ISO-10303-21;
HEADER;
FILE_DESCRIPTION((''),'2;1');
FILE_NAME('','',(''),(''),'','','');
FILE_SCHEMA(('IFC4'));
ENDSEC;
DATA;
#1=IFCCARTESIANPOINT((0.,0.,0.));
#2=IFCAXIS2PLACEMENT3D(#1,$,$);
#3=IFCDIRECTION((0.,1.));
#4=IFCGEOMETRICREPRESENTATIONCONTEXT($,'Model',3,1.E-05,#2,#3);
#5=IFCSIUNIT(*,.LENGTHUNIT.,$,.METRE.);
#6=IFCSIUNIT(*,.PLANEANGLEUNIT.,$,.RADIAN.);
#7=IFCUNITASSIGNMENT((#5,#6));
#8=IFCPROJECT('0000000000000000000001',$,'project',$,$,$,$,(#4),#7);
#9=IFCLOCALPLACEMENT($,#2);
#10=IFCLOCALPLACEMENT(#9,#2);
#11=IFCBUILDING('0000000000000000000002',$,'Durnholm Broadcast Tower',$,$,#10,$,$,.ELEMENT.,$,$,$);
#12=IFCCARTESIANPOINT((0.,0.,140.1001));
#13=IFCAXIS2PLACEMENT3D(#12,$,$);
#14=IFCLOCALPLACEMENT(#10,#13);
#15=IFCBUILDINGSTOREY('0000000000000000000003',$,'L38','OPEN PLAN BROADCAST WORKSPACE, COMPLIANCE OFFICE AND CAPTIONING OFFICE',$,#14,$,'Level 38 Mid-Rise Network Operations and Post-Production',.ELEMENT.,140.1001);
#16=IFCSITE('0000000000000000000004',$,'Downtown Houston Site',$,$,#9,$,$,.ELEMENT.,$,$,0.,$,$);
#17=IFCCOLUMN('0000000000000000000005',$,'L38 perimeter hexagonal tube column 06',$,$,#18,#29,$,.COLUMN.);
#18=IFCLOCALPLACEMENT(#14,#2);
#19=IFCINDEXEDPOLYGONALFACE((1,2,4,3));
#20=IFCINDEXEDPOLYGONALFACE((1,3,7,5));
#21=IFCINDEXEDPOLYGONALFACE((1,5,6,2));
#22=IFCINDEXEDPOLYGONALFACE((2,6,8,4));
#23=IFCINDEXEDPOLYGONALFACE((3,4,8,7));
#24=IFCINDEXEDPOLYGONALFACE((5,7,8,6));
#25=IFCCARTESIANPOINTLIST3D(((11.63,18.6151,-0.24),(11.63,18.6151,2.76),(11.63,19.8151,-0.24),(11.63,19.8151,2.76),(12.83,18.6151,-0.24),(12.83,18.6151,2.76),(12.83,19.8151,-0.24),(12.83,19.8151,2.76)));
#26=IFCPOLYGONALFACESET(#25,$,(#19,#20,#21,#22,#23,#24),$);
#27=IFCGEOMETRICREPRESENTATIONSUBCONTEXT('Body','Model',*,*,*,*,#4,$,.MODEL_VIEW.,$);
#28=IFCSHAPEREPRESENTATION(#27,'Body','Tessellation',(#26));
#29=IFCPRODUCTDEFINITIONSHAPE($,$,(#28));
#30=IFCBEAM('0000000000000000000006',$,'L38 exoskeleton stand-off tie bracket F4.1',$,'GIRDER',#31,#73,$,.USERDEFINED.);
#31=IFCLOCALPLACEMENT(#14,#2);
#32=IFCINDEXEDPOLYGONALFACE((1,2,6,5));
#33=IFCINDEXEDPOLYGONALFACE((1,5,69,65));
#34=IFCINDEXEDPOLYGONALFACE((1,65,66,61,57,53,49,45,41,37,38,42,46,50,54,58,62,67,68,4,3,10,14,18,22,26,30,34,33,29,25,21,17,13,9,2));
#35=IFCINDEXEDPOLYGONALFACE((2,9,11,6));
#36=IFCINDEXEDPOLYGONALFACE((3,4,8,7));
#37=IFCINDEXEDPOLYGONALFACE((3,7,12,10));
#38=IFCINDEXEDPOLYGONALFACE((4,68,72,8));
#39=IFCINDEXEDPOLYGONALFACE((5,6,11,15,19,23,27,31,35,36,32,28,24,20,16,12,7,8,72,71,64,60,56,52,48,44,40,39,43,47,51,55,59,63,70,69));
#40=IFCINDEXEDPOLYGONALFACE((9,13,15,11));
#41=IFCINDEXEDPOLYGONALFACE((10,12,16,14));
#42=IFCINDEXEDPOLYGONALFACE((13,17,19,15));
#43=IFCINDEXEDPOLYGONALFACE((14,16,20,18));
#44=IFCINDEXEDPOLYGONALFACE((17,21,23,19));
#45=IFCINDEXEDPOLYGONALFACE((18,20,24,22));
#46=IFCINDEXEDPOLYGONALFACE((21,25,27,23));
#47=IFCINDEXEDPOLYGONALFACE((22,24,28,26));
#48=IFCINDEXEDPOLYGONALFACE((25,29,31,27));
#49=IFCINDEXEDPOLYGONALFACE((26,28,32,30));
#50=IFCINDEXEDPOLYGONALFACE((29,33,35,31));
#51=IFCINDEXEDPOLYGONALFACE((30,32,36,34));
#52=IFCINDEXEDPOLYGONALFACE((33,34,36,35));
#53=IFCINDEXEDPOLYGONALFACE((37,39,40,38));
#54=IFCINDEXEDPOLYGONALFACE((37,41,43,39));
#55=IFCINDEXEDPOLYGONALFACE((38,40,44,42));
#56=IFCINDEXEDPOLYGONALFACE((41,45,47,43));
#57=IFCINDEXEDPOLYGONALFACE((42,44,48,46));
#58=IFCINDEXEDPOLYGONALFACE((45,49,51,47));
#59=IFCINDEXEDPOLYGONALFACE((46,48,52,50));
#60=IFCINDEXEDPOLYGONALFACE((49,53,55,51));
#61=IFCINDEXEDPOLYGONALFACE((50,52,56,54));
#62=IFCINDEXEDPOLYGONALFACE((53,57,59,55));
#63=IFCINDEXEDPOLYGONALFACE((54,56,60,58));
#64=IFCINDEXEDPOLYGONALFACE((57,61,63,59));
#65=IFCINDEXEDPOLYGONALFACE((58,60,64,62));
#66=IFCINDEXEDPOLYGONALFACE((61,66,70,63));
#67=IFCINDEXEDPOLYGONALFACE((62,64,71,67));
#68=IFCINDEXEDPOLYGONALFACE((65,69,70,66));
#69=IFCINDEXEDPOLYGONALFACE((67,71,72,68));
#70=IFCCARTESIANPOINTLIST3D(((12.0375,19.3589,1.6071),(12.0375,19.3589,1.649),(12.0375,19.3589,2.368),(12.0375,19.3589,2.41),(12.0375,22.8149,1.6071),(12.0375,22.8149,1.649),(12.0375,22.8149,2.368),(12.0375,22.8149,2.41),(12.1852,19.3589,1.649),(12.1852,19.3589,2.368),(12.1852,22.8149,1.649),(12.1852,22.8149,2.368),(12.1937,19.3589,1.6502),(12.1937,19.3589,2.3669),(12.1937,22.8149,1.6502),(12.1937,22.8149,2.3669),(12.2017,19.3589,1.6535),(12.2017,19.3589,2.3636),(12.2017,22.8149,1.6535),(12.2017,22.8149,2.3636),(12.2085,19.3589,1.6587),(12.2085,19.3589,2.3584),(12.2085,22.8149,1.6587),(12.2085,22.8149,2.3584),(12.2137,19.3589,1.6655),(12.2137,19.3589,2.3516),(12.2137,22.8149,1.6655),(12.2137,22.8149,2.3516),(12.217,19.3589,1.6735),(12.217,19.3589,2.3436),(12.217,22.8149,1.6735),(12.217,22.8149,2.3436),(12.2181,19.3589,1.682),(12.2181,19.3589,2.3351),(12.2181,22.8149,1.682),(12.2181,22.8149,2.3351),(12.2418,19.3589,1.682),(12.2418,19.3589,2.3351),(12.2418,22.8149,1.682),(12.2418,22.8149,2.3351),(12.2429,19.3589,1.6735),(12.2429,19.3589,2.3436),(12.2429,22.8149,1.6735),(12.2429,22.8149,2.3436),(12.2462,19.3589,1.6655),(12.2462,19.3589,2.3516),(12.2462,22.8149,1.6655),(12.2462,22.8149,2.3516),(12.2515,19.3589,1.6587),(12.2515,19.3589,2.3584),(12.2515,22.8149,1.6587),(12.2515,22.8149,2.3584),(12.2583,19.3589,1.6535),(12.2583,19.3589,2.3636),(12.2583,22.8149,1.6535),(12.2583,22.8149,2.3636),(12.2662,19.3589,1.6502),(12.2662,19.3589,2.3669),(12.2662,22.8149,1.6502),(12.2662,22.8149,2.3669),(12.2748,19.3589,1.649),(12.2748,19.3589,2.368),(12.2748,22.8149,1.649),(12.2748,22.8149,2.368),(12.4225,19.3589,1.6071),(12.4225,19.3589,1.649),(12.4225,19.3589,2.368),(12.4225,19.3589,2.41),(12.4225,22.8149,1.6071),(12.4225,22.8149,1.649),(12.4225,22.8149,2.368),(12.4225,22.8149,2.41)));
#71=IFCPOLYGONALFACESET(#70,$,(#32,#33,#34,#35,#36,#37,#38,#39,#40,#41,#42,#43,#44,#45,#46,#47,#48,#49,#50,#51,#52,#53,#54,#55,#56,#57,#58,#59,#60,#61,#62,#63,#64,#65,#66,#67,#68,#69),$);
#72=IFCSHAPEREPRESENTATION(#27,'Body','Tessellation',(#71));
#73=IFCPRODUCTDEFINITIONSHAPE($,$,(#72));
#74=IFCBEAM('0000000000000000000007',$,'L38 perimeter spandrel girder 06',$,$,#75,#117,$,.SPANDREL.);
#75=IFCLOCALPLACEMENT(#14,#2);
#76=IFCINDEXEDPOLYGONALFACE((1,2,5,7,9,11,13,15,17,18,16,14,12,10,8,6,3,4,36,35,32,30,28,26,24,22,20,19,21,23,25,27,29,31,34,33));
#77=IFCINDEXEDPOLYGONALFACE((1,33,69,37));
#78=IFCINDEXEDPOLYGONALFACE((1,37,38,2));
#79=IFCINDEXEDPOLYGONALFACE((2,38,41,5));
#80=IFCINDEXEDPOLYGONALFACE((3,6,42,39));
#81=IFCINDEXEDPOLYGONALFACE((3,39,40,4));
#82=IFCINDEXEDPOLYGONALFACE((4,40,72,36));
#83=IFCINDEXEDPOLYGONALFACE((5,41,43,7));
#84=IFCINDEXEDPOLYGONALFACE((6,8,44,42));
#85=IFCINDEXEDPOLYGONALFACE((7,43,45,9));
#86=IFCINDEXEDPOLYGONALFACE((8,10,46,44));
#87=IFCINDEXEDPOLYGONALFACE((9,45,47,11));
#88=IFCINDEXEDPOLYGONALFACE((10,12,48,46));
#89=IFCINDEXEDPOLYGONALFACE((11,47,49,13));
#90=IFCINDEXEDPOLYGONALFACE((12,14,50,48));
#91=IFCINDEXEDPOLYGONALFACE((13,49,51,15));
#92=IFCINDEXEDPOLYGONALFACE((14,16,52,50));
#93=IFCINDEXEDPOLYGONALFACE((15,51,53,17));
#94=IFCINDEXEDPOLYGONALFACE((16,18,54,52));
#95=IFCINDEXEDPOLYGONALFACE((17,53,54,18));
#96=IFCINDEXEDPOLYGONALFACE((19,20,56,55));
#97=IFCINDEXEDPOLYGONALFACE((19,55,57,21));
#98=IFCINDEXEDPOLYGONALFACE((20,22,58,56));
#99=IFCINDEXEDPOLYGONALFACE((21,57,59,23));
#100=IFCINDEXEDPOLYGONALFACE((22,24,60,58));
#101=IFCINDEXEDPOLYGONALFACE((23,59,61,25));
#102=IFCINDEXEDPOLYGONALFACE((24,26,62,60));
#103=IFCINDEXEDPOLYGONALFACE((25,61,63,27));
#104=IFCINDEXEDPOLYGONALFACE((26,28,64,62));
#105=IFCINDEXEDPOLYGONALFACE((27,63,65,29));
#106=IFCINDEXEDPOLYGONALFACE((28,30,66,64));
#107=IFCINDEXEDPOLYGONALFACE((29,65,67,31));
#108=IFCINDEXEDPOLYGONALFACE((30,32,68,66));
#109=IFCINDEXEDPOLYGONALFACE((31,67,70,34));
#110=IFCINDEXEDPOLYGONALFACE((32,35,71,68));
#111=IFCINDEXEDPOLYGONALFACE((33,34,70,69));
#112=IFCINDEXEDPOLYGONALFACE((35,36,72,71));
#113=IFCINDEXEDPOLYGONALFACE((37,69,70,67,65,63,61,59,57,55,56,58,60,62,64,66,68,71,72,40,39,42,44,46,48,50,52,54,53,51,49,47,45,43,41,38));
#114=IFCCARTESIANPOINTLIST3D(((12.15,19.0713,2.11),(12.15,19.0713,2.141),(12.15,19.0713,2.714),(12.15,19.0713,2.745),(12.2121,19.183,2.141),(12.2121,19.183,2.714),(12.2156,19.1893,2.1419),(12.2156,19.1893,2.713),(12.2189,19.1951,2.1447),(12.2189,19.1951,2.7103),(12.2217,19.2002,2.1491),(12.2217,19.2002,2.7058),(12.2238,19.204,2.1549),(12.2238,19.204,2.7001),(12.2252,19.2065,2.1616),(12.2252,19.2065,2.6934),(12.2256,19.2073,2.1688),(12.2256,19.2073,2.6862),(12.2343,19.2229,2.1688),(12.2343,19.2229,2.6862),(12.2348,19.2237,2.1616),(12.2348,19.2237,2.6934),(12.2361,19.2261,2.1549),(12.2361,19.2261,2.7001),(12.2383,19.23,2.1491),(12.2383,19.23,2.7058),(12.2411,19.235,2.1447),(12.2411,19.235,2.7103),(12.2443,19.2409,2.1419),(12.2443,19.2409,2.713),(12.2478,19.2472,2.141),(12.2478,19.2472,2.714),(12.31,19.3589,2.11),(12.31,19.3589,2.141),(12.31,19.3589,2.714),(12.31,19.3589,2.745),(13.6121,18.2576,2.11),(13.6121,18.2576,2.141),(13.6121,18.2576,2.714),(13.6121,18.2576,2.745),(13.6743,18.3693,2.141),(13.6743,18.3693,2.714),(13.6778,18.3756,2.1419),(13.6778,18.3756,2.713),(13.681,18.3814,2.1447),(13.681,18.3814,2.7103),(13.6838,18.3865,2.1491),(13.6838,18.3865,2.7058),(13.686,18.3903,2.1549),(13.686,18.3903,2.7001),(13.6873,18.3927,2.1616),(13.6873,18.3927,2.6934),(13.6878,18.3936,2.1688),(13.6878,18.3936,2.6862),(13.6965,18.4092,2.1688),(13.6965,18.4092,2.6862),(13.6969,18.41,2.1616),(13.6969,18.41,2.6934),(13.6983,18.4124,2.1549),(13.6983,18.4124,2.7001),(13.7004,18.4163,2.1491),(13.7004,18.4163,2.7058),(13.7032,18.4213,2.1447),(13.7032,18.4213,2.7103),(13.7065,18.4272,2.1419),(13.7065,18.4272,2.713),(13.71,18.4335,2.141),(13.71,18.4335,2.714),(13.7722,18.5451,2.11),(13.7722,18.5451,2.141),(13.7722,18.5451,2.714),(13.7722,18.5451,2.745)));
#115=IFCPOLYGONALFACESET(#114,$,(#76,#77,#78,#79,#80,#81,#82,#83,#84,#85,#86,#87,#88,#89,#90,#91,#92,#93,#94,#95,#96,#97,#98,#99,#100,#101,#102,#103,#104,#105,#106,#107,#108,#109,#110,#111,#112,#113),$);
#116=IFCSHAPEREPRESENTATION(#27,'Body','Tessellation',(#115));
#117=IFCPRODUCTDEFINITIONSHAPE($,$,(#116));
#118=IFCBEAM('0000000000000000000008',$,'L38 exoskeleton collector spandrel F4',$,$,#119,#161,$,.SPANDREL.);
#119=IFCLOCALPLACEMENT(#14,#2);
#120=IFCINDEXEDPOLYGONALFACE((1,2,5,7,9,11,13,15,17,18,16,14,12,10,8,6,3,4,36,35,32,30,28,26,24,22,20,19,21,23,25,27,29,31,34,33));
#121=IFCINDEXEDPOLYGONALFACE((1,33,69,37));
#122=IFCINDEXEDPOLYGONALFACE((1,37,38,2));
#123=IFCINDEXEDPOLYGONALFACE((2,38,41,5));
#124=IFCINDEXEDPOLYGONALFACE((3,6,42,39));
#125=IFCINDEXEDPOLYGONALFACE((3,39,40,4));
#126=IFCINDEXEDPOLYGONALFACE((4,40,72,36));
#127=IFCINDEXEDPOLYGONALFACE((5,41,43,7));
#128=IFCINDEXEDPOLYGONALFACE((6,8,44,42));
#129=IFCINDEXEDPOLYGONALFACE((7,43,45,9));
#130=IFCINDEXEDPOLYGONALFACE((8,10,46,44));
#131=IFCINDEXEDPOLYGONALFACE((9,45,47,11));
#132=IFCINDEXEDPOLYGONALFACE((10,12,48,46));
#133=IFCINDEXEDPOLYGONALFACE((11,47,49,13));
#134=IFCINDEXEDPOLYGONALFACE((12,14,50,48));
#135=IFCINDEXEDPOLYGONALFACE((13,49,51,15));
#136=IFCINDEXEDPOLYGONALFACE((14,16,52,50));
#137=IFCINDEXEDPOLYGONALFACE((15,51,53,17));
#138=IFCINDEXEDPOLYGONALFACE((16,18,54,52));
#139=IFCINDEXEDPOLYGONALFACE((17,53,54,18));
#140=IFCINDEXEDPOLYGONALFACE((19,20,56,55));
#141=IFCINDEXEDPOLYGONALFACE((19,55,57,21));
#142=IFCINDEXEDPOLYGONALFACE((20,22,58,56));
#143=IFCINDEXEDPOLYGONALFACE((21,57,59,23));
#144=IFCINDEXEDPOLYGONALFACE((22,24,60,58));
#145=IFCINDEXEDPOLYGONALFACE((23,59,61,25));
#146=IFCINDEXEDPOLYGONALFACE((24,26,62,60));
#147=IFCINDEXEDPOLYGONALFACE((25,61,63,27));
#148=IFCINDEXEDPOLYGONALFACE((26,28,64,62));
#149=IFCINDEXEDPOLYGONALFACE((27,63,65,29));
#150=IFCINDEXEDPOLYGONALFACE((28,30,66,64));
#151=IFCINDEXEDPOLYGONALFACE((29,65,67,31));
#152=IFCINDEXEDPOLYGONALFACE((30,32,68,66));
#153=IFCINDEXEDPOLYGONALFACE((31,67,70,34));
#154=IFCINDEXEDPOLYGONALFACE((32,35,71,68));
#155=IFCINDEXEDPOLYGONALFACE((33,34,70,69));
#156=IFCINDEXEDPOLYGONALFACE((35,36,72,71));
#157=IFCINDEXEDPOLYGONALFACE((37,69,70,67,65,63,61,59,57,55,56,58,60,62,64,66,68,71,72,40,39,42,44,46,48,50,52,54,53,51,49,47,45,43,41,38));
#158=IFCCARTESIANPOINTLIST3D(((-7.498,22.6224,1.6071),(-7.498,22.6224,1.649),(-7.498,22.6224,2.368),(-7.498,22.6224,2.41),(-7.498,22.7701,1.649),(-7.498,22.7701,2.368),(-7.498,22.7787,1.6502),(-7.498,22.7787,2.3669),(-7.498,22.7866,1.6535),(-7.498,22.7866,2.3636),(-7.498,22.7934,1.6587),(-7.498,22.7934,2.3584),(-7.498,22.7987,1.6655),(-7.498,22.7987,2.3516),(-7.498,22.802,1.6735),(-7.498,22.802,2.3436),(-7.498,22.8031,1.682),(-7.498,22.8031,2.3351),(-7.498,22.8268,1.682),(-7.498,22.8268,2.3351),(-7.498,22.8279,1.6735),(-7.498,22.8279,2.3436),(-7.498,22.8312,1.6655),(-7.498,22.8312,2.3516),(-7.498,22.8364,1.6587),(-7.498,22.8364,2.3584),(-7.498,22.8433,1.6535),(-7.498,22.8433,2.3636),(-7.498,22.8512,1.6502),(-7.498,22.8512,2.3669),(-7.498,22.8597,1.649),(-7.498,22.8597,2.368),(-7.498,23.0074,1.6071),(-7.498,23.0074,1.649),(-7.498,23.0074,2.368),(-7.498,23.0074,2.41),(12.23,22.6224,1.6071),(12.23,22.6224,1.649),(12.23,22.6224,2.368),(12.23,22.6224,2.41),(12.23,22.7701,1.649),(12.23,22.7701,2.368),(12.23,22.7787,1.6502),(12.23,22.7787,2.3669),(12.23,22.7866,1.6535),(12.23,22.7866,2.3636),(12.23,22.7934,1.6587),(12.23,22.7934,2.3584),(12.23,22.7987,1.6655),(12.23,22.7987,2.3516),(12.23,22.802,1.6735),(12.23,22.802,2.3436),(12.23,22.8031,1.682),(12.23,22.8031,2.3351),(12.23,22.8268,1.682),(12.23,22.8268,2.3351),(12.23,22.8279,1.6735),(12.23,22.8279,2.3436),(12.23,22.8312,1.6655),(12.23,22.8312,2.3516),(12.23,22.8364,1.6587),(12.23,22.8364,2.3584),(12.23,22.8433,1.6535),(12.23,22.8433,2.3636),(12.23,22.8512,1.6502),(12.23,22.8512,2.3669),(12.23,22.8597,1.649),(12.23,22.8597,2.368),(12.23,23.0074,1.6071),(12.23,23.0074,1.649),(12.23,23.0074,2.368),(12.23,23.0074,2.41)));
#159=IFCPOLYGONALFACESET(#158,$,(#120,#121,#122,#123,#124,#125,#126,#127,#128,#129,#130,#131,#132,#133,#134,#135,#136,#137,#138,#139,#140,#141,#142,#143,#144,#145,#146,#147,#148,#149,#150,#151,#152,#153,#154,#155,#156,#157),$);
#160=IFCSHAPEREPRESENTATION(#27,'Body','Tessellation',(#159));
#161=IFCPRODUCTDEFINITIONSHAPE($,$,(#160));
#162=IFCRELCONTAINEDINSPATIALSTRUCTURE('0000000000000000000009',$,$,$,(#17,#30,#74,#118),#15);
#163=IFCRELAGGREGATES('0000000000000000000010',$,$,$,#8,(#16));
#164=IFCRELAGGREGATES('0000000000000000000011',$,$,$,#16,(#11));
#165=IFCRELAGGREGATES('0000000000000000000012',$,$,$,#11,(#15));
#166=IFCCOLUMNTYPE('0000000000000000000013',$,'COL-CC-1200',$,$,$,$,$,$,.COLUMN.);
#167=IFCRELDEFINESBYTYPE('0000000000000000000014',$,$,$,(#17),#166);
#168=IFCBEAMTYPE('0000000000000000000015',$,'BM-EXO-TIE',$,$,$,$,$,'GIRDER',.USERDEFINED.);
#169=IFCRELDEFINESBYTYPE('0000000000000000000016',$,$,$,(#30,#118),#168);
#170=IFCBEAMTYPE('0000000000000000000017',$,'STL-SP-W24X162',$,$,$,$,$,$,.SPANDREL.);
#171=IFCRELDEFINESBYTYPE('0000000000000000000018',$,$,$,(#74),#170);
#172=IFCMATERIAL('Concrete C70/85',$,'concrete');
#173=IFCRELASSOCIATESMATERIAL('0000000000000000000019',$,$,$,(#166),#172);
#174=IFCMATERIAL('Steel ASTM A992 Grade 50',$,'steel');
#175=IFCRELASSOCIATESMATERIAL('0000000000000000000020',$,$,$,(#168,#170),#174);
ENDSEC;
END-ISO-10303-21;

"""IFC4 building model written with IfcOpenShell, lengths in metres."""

from ifc_helpers import new_model, si_unit, direction, frame, origin, origin_2d, place, context, subcontext, project, spatial, rectangle, i_section, extrude, source, transform, mapped, material, material_profile, profile_set, type_object, type_shapes, element, save


model = new_model("IFC4")

# Units and contexts
model_context = context("Model", 3, precision=1e-05, world=origin(), true_north=direction((0.0, 1.0)))
body_context = subcontext(model_context, "Body", "Model", "MODEL_VIEW")
ifc_project = project(units=[si_unit("LENGTHUNIT", "METRE"), si_unit("PLANEANGLEUNIT", "RADIAN")], contexts=[model_context])

# Site, building, storey
site_placement = place(None, origin())
site = spatial("IfcSite", under=ifc_project, at=site_placement, Name="Downtown Houston Site", CompositionType="ELEMENT", RefElevation=0.0)
building_placement = place(site_placement, origin())
building = spatial("IfcBuilding", under=site, at=building_placement, Name="Durnholm Broadcast Tower", CompositionType="ELEMENT")
storey_placement = place(building_placement, frame((0.0, 0.0, 140.1001)))
storey = spatial("IfcBuildingStorey", under=building, at=storey_placement, Name="L38", Description="OPEN PLAN BROADCAST WORKSPACE, COMPLIANCE OFFICE AND CAPTIONING OFFICE", LongName="Level 38 Mid-Rise Network Operations and Post-Production", CompositionType="ELEMENT", Elevation=140.1001)

# Column
ifc_material_1 = material(Name="Concrete C70/85", Category="concrete")
ifc_material_profile_1 = material_profile(ifc_material_1, rectangle(XDim=1.2, YDim=1.2, at=origin_2d()), Name="RC1200X1200")
ifc_profile_set_1 = profile_set([ifc_material_profile_1], Name="Concrete C70/85")
column_type = type_object("IfcColumnType", Name="COL-CC-1200", PredefinedType="COLUMN", material=ifc_profile_set_1)
shared_shape_1 = source(origin(), body_context, "Body", "SweptSolid", [
    extrude(rectangle(XDim=1.2, YDim=1.2, at=origin_2d()), origin(), (0.0, 0.0, 1.0), 3.0),
])
type_shapes(column_type, [shared_shape_1])
column_placement = place(storey_placement, frame((12.23, 19.2151, -0.24), z_axis=(0.0, 0.0, 1.0), x_axis=(1.0, 0.0, 0.0)))
element("IfcColumn", 1, at=column_placement, inside=storey, type_object=column_type, Name="L38 perimeter hexagonal tube column 06", PredefinedType="COLUMN", context=body_context, shape_type="MappedRepresentation", body=[
    mapped(shared_shape_1, transform((0.0, 0.0, 0.0), x_axis=(1.0, 0.0, 0.0), y_axis=(0.0, 1.0, 0.0), z_axis=(0.0, 0.0, 1.0), scale=1.0)),
])

# Beams
ifc_material_2 = material(Name="Steel ASTM A992 Grade 50", Category="steel")
ifc_material_profile_2 = material_profile(ifc_material_2, i_section(OverallWidth=0.385, OverallDepth=0.803, WebThickness=0.0237, FlangeThickness=0.042, FilletRadius=0.033, at=origin_2d()), Name="W30X261")
ifc_profile_set_2 = profile_set([ifc_material_profile_2], Name="Steel ASTM A992 Grade 50")
beam_type_1 = type_object("IfcBeamType", Name="BM-EXO-TIE", ElementType="GIRDER", PredefinedType="USERDEFINED", material=ifc_profile_set_2)
shared_shape_2 = source(origin(), body_context, "Body", "SweptSolid", [
    extrude(i_section(OverallWidth=0.385, OverallDepth=0.803, WebThickness=0.0237, FlangeThickness=0.042, FilletRadius=0.033, at=origin_2d()), origin(), (0.0, 0.0, 1.0), 3.4561),
])
beam_1_placement = place(storey_placement, frame((12.23, 19.3589, 2.0085), z_axis=(0.0, 1.0, 0.0), x_axis=(-1.0, 0.0, 0.0)))
element("IfcBeam", 2, at=beam_1_placement, inside=storey, type_object=beam_type_1, Name="L38 exoskeleton stand-off tie bracket F4.1", ObjectType="GIRDER", PredefinedType="USERDEFINED", context=body_context, shape_type="MappedRepresentation", body=[
    mapped(shared_shape_2, transform((0.0, 0.0, 0.0), x_axis=(1.0, 0.0, 0.0), y_axis=(0.0, 1.0, 0.0), z_axis=(0.0, 0.0, 1.0), scale=1.0)),
])
ifc_material_profile_3 = material_profile(ifc_material_2, i_section(OverallWidth=0.3291, OverallDepth=0.635, WebThickness=0.0178, FlangeThickness=0.031, FilletRadius=0.0278, at=origin_2d()), Name="W24X162")
ifc_profile_set_3 = profile_set([ifc_material_profile_3], Name="Steel ASTM A992 Grade 50")
beam_type_2 = type_object("IfcBeamType", Name="STL-SP-W24X162", PredefinedType="SPANDREL", material=ifc_profile_set_3)
shared_shape_3 = source(origin(), body_context, "Body", "SweptSolid", [
    extrude(i_section(OverallWidth=0.3291, OverallDepth=0.635, WebThickness=0.0178, FlangeThickness=0.031, FilletRadius=0.0278, at=origin_2d()), origin(), (0.0, 0.0, 1.0), 1.6733),
])
type_shapes(beam_type_2, [shared_shape_3])
beam_2_placement = place(storey_placement, frame((12.23, 19.2151, 2.4275), z_axis=(0.873799, -0.486287, 0.0), x_axis=(0.486287, 0.873799, 0.0)))
element("IfcBeam", 3, at=beam_2_placement, inside=storey, type_object=beam_type_2, Name="L38 perimeter spandrel girder 06", PredefinedType="SPANDREL", context=body_context, shape_type="MappedRepresentation", body=[
    mapped(shared_shape_3, transform((0.0, 0.0, 0.0), x_axis=(1.0, 0.0, 0.0), y_axis=(0.0, 1.0, 0.0), z_axis=(0.0, 0.0, 1.0), scale=1.0)),
])
shared_shape_4 = source(origin(), body_context, "Body", "SweptSolid", [
    extrude(i_section(OverallWidth=0.385, OverallDepth=0.803, WebThickness=0.0237, FlangeThickness=0.042, FilletRadius=0.033, at=origin_2d()), origin(), (0.0, 0.0, 1.0), 19.728),
])
type_shapes(beam_type_1, [shared_shape_2, shared_shape_4])
beam_3_placement = place(storey_placement, frame((12.23, 22.8149, 2.0085), z_axis=(-1.0, 0.0, 0.0), x_axis=(0.0, -1.0, 0.0)))
element("IfcBeam", 4, at=beam_3_placement, inside=storey, type_object=beam_type_1, Name="L38 exoskeleton collector spandrel F4", PredefinedType="SPANDREL", context=body_context, shape_type="MappedRepresentation", body=[
    mapped(shared_shape_4, transform((0.0, 0.0, 0.0), x_axis=(1.0, 0.0, 0.0), y_axis=(0.0, 1.0, 0.0), z_axis=(0.0, 0.0, 1.0), scale=1.0)),
])

save(model, "model.ifc")
